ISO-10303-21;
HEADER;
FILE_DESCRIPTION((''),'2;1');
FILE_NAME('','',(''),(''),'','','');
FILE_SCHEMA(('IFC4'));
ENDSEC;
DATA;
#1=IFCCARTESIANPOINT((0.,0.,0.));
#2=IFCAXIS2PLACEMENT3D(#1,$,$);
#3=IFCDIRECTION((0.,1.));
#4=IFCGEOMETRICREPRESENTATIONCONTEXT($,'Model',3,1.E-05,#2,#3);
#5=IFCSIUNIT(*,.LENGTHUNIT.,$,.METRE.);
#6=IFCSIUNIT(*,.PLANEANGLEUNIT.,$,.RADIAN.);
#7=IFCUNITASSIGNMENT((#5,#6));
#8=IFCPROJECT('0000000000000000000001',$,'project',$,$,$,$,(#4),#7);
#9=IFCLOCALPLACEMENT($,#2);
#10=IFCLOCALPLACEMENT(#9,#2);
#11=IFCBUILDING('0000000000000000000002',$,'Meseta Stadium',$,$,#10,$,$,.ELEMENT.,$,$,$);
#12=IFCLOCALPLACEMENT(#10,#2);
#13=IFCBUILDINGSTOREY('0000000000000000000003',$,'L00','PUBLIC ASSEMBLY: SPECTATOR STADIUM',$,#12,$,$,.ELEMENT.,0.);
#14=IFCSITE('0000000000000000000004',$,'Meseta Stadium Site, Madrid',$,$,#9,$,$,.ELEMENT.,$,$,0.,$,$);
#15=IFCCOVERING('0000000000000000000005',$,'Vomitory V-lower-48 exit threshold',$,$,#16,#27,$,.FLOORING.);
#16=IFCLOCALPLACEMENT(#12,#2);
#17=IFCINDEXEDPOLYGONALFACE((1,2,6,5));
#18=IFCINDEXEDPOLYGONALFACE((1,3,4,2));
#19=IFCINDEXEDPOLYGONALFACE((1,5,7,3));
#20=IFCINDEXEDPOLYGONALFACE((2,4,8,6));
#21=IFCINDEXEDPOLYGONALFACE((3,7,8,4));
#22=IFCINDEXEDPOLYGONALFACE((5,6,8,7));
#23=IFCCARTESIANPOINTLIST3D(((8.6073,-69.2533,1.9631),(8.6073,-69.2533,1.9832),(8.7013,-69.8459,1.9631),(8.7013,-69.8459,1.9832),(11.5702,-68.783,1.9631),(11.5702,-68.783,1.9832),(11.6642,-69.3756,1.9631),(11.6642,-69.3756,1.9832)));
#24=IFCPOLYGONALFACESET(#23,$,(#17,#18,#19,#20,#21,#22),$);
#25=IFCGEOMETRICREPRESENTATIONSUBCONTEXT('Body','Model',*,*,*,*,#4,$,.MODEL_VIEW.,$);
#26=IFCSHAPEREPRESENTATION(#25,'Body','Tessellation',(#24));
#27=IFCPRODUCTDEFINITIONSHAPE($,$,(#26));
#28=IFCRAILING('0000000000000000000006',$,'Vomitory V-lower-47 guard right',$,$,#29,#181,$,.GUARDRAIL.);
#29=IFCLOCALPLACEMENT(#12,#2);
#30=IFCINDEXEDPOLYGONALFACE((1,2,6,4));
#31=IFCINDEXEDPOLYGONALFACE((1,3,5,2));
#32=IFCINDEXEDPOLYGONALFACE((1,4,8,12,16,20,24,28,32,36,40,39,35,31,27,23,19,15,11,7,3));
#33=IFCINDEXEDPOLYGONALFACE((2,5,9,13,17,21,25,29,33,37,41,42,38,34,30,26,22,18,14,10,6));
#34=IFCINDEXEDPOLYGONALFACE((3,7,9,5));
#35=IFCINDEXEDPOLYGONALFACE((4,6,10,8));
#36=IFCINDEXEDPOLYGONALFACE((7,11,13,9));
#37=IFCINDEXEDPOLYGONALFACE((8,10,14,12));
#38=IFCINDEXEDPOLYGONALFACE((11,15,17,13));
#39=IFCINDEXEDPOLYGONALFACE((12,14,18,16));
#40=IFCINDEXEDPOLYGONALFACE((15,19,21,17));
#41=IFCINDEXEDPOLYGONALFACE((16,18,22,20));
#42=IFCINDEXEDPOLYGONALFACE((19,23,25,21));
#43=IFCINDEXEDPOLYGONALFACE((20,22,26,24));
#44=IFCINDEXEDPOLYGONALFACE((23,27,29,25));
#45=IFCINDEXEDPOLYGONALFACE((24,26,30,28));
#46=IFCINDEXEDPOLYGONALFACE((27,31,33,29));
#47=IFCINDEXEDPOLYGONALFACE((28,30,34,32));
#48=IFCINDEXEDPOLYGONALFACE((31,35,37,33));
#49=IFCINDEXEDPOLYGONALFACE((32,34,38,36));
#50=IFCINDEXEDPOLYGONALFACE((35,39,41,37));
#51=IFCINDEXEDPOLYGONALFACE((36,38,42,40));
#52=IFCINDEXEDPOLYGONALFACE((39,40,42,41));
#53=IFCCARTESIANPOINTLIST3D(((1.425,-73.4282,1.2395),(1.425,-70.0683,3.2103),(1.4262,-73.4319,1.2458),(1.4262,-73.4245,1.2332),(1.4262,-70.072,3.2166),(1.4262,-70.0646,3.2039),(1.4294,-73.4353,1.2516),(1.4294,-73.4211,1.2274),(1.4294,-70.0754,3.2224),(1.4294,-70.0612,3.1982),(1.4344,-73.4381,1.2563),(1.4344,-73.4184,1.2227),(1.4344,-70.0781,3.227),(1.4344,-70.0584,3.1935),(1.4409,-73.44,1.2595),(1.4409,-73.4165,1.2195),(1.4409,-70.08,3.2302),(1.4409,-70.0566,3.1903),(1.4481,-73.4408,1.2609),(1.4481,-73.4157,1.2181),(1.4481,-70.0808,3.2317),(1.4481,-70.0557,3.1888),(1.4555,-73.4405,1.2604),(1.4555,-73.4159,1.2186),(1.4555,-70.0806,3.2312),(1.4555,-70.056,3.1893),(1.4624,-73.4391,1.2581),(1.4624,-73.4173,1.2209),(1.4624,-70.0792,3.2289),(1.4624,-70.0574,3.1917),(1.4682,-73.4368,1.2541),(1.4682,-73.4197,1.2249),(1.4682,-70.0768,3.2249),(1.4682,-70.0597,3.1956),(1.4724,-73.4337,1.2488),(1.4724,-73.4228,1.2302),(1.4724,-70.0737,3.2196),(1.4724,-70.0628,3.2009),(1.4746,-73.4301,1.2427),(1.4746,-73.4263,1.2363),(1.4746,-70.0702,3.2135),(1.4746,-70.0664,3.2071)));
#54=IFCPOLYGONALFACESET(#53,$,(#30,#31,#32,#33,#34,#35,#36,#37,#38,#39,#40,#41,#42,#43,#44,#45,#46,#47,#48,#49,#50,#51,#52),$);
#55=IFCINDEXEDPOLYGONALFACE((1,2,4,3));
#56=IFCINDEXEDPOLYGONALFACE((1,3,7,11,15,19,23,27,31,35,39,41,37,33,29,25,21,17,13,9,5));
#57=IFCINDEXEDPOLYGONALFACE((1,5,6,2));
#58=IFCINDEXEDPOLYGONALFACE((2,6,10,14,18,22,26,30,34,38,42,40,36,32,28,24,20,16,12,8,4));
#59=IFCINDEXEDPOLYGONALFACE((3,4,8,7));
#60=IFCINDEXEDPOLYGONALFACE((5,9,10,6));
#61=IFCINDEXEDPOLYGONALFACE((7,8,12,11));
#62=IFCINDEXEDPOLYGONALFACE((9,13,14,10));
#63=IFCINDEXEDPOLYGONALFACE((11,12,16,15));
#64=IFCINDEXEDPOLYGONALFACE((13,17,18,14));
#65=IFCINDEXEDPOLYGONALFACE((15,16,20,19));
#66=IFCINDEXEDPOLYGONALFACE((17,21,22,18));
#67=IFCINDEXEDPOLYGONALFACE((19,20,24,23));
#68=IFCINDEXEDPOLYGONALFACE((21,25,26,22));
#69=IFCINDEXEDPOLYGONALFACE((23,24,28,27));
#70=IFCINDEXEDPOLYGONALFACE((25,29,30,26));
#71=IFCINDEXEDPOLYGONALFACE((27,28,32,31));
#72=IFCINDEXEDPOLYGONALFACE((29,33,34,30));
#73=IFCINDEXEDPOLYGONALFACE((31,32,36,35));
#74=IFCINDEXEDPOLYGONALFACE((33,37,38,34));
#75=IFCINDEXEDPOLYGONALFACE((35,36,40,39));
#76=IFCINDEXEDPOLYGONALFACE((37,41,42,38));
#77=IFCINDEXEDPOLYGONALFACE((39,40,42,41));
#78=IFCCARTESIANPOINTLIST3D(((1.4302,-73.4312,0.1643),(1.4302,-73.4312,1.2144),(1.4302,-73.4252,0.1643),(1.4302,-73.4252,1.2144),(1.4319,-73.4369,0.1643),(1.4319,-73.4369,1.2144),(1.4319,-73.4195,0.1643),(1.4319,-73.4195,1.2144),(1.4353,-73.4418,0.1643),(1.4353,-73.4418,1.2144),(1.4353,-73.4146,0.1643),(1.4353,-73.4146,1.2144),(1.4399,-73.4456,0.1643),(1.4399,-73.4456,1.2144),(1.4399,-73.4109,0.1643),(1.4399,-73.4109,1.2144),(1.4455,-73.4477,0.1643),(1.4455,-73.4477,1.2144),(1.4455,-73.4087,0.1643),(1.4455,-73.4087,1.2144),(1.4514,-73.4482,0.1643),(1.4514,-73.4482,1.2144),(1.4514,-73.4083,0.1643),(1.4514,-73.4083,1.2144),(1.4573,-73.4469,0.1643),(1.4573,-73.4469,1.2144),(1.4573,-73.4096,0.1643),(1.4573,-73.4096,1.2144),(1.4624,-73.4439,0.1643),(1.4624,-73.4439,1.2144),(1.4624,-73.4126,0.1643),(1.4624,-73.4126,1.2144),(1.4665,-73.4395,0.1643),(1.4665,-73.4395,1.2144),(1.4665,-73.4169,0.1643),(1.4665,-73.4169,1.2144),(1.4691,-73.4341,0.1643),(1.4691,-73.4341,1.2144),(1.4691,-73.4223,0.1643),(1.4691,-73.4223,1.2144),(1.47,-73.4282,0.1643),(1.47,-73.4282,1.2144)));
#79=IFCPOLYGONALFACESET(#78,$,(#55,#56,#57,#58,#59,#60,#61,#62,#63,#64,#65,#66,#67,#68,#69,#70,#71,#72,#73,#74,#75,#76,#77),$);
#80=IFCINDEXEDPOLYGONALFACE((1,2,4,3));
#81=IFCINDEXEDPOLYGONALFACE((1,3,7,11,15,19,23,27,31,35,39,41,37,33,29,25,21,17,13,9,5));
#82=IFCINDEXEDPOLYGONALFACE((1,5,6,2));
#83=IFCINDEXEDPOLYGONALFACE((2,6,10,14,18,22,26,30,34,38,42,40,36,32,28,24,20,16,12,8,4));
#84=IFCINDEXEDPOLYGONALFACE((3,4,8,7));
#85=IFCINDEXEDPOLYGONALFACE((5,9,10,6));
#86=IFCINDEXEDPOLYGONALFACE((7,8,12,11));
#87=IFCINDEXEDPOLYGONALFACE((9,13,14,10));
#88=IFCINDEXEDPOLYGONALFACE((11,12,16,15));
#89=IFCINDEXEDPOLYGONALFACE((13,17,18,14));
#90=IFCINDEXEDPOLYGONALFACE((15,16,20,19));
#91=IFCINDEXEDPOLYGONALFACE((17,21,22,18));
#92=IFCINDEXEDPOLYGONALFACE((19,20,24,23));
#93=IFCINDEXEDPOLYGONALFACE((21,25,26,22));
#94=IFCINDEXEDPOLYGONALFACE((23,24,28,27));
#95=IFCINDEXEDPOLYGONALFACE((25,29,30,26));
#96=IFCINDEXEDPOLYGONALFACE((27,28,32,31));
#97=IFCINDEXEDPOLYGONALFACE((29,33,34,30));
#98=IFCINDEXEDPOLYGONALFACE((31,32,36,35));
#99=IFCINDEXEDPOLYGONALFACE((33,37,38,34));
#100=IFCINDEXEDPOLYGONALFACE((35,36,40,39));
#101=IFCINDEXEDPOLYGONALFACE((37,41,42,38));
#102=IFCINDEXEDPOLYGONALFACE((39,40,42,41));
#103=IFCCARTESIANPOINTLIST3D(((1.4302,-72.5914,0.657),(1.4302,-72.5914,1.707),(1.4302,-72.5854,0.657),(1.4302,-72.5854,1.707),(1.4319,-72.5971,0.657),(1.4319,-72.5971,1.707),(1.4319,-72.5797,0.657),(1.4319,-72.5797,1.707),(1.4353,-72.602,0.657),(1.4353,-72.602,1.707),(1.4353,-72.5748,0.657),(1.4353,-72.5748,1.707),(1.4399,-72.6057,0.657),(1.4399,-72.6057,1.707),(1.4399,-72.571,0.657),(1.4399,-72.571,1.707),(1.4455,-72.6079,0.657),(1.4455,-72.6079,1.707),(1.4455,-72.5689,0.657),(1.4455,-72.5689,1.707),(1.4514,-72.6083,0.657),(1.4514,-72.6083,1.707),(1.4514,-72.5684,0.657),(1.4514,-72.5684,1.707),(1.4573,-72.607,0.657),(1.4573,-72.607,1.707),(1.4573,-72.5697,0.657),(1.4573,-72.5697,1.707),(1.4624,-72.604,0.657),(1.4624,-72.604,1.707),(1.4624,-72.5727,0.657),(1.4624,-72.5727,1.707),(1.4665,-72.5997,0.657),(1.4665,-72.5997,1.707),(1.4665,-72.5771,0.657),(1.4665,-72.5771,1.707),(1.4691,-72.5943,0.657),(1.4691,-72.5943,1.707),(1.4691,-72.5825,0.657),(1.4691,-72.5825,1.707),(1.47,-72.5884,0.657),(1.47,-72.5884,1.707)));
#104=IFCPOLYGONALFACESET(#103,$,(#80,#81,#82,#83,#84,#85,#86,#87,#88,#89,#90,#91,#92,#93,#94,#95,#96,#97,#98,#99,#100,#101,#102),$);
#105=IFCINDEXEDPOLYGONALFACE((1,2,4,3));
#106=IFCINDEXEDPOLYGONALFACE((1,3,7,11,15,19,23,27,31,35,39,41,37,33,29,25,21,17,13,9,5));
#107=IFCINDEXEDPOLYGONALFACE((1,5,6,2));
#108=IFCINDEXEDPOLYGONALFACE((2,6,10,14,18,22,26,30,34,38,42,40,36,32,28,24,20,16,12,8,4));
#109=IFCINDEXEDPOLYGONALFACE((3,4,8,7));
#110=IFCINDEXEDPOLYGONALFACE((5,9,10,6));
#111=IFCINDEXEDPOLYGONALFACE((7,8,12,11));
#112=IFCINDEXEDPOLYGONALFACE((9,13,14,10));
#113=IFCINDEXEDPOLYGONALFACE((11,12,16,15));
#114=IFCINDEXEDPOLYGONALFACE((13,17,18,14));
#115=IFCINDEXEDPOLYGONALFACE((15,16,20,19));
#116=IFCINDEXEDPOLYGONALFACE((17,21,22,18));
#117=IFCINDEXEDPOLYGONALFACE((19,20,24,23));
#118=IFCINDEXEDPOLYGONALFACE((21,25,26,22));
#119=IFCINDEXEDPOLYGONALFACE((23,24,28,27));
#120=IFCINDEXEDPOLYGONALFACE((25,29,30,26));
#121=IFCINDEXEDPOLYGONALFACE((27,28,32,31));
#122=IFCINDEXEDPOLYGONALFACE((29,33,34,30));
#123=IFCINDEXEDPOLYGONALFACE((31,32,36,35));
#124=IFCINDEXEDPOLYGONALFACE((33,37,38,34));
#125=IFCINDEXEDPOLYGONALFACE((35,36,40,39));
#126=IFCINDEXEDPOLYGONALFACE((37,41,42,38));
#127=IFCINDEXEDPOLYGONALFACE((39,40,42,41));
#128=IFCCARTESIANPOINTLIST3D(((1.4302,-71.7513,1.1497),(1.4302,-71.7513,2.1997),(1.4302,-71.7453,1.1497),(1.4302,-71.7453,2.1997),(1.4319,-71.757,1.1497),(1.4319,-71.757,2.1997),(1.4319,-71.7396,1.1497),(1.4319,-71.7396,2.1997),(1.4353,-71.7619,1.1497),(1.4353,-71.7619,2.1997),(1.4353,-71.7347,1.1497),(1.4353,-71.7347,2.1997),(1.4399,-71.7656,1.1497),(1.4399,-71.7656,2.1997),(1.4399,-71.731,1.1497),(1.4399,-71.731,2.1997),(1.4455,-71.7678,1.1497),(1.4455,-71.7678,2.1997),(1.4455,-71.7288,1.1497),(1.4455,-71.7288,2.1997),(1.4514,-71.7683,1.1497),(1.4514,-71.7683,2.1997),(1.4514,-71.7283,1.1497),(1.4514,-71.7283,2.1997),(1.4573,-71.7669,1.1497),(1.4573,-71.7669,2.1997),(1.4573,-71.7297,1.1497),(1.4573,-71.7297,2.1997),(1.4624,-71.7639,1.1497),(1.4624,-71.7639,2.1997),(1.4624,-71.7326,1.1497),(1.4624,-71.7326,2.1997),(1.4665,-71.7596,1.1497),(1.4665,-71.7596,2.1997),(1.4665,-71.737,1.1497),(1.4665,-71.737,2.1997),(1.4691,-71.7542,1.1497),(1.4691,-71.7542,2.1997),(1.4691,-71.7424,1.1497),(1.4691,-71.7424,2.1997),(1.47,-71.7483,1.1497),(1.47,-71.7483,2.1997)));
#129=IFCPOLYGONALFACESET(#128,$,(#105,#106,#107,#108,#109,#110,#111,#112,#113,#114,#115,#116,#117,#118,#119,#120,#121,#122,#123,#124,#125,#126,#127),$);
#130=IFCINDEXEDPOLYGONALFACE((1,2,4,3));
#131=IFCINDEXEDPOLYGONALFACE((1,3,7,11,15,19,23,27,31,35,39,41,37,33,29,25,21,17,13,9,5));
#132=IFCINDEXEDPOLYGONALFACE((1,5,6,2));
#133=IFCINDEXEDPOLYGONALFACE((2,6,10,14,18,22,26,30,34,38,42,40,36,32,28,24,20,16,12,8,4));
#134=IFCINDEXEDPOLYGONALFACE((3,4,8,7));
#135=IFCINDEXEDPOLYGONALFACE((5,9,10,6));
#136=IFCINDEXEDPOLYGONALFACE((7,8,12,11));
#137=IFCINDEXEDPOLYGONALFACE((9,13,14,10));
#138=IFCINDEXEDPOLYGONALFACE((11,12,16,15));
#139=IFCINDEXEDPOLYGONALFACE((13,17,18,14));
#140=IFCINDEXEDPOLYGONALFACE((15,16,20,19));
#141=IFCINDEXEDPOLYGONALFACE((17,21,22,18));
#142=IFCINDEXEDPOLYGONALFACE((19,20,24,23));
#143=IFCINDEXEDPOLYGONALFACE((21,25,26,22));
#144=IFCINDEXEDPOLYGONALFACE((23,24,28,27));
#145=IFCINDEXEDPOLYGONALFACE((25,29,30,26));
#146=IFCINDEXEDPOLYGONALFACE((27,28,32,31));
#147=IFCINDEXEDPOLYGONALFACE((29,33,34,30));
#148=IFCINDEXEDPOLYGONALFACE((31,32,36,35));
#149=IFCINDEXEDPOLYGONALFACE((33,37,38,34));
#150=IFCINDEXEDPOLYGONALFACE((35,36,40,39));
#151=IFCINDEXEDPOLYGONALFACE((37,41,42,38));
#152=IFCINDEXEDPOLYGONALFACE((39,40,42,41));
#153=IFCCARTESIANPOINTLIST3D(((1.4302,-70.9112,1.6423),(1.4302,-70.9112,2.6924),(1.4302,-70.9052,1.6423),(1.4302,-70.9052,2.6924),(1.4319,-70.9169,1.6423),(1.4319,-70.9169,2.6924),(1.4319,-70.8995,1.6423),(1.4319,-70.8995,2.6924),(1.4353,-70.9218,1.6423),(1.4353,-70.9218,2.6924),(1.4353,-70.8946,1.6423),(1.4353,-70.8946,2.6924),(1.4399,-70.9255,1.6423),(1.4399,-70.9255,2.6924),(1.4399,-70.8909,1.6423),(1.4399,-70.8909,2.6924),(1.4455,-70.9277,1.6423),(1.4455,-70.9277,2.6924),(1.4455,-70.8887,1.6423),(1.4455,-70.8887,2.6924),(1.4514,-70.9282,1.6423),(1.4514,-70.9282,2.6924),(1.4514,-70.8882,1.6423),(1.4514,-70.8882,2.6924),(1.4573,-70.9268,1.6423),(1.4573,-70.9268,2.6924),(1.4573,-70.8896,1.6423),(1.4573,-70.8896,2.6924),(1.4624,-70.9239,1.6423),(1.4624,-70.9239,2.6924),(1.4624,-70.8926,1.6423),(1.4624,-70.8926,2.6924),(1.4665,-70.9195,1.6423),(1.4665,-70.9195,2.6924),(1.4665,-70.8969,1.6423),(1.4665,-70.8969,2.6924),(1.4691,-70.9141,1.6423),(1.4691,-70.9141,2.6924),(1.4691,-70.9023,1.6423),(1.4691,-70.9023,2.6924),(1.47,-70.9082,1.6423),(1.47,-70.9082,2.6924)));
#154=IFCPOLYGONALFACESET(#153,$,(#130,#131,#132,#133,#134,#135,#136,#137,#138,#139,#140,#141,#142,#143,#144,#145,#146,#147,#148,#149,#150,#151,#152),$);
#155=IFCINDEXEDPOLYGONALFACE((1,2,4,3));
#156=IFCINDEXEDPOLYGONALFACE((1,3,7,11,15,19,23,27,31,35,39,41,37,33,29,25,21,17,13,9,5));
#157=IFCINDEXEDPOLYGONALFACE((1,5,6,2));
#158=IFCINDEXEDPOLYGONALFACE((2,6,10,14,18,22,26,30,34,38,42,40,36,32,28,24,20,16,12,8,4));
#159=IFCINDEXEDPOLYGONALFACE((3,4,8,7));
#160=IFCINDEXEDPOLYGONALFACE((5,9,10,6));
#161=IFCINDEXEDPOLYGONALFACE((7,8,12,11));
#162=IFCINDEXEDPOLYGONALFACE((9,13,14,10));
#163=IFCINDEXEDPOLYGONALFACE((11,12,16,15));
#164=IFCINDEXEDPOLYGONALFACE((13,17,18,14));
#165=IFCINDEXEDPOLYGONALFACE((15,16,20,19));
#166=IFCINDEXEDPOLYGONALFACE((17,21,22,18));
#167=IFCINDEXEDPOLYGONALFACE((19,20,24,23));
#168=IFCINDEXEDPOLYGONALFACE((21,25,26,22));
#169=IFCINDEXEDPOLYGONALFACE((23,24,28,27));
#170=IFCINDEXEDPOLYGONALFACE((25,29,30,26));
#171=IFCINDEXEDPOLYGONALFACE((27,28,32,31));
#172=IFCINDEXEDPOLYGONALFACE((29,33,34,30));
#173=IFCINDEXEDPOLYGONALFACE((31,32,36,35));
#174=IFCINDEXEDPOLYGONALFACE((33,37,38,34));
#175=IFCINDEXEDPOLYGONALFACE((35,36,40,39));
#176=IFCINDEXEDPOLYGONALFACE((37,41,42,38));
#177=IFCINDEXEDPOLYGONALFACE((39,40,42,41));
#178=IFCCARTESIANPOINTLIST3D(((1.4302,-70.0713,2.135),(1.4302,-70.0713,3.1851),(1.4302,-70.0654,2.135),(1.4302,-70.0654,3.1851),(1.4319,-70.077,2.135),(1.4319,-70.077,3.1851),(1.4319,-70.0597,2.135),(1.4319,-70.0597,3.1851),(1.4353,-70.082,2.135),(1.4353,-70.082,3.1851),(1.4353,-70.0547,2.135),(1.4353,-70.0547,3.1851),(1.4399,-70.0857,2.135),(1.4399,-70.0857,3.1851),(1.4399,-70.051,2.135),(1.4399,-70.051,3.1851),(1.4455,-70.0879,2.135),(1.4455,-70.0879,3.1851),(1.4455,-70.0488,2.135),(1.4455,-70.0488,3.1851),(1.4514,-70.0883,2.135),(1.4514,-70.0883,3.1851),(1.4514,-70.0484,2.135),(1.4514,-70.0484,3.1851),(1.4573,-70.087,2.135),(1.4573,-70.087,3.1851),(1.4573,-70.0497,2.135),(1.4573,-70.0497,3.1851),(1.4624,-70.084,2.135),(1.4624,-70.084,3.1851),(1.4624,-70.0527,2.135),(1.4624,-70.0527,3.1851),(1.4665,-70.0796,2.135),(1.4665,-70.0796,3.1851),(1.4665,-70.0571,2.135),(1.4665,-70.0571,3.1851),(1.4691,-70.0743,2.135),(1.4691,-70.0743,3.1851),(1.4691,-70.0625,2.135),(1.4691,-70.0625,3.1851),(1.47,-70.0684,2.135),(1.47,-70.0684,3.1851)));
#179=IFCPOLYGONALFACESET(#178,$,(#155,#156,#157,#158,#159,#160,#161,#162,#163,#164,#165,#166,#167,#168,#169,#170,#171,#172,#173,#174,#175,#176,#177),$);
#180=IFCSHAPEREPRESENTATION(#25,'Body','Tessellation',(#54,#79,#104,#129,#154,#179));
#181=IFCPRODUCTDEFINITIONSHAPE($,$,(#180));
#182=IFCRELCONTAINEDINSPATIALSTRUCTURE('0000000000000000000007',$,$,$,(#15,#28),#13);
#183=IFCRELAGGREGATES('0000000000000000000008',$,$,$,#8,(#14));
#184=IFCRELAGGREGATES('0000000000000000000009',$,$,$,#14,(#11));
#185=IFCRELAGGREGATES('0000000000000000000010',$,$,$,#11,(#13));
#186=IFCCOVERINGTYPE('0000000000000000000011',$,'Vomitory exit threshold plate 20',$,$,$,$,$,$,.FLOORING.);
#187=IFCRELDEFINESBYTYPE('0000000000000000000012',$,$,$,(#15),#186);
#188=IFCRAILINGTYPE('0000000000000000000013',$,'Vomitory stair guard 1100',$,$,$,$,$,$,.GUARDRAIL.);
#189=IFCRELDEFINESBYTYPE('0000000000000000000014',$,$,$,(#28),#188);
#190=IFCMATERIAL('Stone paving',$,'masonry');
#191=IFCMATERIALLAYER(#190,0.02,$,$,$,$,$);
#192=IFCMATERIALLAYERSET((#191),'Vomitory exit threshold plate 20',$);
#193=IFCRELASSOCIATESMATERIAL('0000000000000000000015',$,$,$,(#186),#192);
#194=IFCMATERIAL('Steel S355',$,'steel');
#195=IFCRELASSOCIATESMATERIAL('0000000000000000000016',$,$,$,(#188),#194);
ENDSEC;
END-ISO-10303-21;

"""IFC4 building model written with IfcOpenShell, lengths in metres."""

from ifc_helpers import new_model, si_unit, direction, frame, origin, origin_2d, place, context, subcontext, project, spatial, rectangle, circle, extrude, material, layer, layer_set, type_object, element, save


model = new_model("IFC4")

# Units and contexts
model_context = context("Model", 3, precision=1e-05, world=origin(), true_north=direction((0.0, 1.0)))
body_context = subcontext(model_context, "Body", "Model", "MODEL_VIEW")
ifc_project = project(units=[si_unit("LENGTHUNIT", "METRE"), si_unit("PLANEANGLEUNIT", "RADIAN")], contexts=[model_context])

# Site, building, storey
site_placement = place(None, origin())
site = spatial("IfcSite", under=ifc_project, at=site_placement, Name="Meseta Stadium Site, Madrid", CompositionType="ELEMENT", RefElevation=0.0)
building_placement = place(site_placement, origin())
building = spatial("IfcBuilding", under=site, at=building_placement, Name="Meseta Stadium", CompositionType="ELEMENT")
storey_placement = place(building_placement, origin())
storey = spatial("IfcBuildingStorey", under=building, at=storey_placement, Name="L00", Description="PUBLIC ASSEMBLY: SPECTATOR STADIUM", CompositionType="ELEMENT", Elevation=0.0)

# Covering
ifc_material_1 = material(Name="Stone paving", Category="masonry")
ifc_layer = layer(ifc_material_1, 0.02)
ifc_layer_set = layer_set([ifc_layer], Name="Vomitory exit threshold plate 20")
covering_type = type_object("IfcCoveringType", Name="Vomitory exit threshold plate 20", PredefinedType="FLOORING", material=ifc_layer_set)
covering_placement = place(storey_placement, frame((10.1357, -69.3145, 1.9631), z_axis=(0.0, 0.0, 1.0), x_axis=(-0.156767, 0.987636, 0.0)))
element("IfcCovering", 1, at=covering_placement, inside=storey, type_object=covering_type, Name="Vomitory V-lower-48 exit threshold", PredefinedType="FLOORING", context=body_context, shape_type="SweptSolid", body=[
    extrude(rectangle(XDim=0.6001, YDim=3.0, at=origin_2d()), origin(), (0.0, 0.0, 1.0), 0.02),
])

# Railing
ifc_material_2 = material(Name="Steel S355", Category="steel")
railing_type_1 = type_object("IfcRailingType", Name="Vomitory stair guard 1100", PredefinedType="GUARDRAIL", material=ifc_material_2)
railing_1_placement = place(storey_placement, frame((1.45, -73.4282, 0.1643)))
element("IfcRailing", 2, at=railing_1_placement, inside=storey, type_object=railing_type_1, Name="Vomitory V-lower-47 guard right", PredefinedType="GUARDRAIL", context=body_context, shape_type="SweptSolid", body=[
    extrude(circle(Radius=0.0249, at=origin_2d()), frame((0.0, 0.0, 1.0752), z_axis=(0.0, 0.862572, 0.505935), x_axis=(-1.0, 0.0, 0.0)), (0.0, 0.0, 1.0), 3.8953),
    extrude(circle(Radius=0.02, at=origin_2d()), origin(), (0.0, 0.0, 1.0), 1.05),
    extrude(circle(Radius=0.02, at=origin_2d()), frame((0.0, 0.8398, 0.4927)), (0.0, 0.0, 1.0), 1.05),
    extrude(circle(Radius=0.02, at=origin_2d()), frame((0.0, 1.6799, 0.9854)), (0.0, 0.0, 1.0), 1.05),
    extrude(circle(Radius=0.02, at=origin_2d()), frame((0.0, 2.52, 1.478)), (0.0, 0.0, 1.0), 1.05),
    extrude(circle(Radius=0.02, at=origin_2d()), frame((0.0, 3.3599, 1.9707)), (0.0, 0.0, 1.0), 1.05),
])

save(model, "model.ifc")
